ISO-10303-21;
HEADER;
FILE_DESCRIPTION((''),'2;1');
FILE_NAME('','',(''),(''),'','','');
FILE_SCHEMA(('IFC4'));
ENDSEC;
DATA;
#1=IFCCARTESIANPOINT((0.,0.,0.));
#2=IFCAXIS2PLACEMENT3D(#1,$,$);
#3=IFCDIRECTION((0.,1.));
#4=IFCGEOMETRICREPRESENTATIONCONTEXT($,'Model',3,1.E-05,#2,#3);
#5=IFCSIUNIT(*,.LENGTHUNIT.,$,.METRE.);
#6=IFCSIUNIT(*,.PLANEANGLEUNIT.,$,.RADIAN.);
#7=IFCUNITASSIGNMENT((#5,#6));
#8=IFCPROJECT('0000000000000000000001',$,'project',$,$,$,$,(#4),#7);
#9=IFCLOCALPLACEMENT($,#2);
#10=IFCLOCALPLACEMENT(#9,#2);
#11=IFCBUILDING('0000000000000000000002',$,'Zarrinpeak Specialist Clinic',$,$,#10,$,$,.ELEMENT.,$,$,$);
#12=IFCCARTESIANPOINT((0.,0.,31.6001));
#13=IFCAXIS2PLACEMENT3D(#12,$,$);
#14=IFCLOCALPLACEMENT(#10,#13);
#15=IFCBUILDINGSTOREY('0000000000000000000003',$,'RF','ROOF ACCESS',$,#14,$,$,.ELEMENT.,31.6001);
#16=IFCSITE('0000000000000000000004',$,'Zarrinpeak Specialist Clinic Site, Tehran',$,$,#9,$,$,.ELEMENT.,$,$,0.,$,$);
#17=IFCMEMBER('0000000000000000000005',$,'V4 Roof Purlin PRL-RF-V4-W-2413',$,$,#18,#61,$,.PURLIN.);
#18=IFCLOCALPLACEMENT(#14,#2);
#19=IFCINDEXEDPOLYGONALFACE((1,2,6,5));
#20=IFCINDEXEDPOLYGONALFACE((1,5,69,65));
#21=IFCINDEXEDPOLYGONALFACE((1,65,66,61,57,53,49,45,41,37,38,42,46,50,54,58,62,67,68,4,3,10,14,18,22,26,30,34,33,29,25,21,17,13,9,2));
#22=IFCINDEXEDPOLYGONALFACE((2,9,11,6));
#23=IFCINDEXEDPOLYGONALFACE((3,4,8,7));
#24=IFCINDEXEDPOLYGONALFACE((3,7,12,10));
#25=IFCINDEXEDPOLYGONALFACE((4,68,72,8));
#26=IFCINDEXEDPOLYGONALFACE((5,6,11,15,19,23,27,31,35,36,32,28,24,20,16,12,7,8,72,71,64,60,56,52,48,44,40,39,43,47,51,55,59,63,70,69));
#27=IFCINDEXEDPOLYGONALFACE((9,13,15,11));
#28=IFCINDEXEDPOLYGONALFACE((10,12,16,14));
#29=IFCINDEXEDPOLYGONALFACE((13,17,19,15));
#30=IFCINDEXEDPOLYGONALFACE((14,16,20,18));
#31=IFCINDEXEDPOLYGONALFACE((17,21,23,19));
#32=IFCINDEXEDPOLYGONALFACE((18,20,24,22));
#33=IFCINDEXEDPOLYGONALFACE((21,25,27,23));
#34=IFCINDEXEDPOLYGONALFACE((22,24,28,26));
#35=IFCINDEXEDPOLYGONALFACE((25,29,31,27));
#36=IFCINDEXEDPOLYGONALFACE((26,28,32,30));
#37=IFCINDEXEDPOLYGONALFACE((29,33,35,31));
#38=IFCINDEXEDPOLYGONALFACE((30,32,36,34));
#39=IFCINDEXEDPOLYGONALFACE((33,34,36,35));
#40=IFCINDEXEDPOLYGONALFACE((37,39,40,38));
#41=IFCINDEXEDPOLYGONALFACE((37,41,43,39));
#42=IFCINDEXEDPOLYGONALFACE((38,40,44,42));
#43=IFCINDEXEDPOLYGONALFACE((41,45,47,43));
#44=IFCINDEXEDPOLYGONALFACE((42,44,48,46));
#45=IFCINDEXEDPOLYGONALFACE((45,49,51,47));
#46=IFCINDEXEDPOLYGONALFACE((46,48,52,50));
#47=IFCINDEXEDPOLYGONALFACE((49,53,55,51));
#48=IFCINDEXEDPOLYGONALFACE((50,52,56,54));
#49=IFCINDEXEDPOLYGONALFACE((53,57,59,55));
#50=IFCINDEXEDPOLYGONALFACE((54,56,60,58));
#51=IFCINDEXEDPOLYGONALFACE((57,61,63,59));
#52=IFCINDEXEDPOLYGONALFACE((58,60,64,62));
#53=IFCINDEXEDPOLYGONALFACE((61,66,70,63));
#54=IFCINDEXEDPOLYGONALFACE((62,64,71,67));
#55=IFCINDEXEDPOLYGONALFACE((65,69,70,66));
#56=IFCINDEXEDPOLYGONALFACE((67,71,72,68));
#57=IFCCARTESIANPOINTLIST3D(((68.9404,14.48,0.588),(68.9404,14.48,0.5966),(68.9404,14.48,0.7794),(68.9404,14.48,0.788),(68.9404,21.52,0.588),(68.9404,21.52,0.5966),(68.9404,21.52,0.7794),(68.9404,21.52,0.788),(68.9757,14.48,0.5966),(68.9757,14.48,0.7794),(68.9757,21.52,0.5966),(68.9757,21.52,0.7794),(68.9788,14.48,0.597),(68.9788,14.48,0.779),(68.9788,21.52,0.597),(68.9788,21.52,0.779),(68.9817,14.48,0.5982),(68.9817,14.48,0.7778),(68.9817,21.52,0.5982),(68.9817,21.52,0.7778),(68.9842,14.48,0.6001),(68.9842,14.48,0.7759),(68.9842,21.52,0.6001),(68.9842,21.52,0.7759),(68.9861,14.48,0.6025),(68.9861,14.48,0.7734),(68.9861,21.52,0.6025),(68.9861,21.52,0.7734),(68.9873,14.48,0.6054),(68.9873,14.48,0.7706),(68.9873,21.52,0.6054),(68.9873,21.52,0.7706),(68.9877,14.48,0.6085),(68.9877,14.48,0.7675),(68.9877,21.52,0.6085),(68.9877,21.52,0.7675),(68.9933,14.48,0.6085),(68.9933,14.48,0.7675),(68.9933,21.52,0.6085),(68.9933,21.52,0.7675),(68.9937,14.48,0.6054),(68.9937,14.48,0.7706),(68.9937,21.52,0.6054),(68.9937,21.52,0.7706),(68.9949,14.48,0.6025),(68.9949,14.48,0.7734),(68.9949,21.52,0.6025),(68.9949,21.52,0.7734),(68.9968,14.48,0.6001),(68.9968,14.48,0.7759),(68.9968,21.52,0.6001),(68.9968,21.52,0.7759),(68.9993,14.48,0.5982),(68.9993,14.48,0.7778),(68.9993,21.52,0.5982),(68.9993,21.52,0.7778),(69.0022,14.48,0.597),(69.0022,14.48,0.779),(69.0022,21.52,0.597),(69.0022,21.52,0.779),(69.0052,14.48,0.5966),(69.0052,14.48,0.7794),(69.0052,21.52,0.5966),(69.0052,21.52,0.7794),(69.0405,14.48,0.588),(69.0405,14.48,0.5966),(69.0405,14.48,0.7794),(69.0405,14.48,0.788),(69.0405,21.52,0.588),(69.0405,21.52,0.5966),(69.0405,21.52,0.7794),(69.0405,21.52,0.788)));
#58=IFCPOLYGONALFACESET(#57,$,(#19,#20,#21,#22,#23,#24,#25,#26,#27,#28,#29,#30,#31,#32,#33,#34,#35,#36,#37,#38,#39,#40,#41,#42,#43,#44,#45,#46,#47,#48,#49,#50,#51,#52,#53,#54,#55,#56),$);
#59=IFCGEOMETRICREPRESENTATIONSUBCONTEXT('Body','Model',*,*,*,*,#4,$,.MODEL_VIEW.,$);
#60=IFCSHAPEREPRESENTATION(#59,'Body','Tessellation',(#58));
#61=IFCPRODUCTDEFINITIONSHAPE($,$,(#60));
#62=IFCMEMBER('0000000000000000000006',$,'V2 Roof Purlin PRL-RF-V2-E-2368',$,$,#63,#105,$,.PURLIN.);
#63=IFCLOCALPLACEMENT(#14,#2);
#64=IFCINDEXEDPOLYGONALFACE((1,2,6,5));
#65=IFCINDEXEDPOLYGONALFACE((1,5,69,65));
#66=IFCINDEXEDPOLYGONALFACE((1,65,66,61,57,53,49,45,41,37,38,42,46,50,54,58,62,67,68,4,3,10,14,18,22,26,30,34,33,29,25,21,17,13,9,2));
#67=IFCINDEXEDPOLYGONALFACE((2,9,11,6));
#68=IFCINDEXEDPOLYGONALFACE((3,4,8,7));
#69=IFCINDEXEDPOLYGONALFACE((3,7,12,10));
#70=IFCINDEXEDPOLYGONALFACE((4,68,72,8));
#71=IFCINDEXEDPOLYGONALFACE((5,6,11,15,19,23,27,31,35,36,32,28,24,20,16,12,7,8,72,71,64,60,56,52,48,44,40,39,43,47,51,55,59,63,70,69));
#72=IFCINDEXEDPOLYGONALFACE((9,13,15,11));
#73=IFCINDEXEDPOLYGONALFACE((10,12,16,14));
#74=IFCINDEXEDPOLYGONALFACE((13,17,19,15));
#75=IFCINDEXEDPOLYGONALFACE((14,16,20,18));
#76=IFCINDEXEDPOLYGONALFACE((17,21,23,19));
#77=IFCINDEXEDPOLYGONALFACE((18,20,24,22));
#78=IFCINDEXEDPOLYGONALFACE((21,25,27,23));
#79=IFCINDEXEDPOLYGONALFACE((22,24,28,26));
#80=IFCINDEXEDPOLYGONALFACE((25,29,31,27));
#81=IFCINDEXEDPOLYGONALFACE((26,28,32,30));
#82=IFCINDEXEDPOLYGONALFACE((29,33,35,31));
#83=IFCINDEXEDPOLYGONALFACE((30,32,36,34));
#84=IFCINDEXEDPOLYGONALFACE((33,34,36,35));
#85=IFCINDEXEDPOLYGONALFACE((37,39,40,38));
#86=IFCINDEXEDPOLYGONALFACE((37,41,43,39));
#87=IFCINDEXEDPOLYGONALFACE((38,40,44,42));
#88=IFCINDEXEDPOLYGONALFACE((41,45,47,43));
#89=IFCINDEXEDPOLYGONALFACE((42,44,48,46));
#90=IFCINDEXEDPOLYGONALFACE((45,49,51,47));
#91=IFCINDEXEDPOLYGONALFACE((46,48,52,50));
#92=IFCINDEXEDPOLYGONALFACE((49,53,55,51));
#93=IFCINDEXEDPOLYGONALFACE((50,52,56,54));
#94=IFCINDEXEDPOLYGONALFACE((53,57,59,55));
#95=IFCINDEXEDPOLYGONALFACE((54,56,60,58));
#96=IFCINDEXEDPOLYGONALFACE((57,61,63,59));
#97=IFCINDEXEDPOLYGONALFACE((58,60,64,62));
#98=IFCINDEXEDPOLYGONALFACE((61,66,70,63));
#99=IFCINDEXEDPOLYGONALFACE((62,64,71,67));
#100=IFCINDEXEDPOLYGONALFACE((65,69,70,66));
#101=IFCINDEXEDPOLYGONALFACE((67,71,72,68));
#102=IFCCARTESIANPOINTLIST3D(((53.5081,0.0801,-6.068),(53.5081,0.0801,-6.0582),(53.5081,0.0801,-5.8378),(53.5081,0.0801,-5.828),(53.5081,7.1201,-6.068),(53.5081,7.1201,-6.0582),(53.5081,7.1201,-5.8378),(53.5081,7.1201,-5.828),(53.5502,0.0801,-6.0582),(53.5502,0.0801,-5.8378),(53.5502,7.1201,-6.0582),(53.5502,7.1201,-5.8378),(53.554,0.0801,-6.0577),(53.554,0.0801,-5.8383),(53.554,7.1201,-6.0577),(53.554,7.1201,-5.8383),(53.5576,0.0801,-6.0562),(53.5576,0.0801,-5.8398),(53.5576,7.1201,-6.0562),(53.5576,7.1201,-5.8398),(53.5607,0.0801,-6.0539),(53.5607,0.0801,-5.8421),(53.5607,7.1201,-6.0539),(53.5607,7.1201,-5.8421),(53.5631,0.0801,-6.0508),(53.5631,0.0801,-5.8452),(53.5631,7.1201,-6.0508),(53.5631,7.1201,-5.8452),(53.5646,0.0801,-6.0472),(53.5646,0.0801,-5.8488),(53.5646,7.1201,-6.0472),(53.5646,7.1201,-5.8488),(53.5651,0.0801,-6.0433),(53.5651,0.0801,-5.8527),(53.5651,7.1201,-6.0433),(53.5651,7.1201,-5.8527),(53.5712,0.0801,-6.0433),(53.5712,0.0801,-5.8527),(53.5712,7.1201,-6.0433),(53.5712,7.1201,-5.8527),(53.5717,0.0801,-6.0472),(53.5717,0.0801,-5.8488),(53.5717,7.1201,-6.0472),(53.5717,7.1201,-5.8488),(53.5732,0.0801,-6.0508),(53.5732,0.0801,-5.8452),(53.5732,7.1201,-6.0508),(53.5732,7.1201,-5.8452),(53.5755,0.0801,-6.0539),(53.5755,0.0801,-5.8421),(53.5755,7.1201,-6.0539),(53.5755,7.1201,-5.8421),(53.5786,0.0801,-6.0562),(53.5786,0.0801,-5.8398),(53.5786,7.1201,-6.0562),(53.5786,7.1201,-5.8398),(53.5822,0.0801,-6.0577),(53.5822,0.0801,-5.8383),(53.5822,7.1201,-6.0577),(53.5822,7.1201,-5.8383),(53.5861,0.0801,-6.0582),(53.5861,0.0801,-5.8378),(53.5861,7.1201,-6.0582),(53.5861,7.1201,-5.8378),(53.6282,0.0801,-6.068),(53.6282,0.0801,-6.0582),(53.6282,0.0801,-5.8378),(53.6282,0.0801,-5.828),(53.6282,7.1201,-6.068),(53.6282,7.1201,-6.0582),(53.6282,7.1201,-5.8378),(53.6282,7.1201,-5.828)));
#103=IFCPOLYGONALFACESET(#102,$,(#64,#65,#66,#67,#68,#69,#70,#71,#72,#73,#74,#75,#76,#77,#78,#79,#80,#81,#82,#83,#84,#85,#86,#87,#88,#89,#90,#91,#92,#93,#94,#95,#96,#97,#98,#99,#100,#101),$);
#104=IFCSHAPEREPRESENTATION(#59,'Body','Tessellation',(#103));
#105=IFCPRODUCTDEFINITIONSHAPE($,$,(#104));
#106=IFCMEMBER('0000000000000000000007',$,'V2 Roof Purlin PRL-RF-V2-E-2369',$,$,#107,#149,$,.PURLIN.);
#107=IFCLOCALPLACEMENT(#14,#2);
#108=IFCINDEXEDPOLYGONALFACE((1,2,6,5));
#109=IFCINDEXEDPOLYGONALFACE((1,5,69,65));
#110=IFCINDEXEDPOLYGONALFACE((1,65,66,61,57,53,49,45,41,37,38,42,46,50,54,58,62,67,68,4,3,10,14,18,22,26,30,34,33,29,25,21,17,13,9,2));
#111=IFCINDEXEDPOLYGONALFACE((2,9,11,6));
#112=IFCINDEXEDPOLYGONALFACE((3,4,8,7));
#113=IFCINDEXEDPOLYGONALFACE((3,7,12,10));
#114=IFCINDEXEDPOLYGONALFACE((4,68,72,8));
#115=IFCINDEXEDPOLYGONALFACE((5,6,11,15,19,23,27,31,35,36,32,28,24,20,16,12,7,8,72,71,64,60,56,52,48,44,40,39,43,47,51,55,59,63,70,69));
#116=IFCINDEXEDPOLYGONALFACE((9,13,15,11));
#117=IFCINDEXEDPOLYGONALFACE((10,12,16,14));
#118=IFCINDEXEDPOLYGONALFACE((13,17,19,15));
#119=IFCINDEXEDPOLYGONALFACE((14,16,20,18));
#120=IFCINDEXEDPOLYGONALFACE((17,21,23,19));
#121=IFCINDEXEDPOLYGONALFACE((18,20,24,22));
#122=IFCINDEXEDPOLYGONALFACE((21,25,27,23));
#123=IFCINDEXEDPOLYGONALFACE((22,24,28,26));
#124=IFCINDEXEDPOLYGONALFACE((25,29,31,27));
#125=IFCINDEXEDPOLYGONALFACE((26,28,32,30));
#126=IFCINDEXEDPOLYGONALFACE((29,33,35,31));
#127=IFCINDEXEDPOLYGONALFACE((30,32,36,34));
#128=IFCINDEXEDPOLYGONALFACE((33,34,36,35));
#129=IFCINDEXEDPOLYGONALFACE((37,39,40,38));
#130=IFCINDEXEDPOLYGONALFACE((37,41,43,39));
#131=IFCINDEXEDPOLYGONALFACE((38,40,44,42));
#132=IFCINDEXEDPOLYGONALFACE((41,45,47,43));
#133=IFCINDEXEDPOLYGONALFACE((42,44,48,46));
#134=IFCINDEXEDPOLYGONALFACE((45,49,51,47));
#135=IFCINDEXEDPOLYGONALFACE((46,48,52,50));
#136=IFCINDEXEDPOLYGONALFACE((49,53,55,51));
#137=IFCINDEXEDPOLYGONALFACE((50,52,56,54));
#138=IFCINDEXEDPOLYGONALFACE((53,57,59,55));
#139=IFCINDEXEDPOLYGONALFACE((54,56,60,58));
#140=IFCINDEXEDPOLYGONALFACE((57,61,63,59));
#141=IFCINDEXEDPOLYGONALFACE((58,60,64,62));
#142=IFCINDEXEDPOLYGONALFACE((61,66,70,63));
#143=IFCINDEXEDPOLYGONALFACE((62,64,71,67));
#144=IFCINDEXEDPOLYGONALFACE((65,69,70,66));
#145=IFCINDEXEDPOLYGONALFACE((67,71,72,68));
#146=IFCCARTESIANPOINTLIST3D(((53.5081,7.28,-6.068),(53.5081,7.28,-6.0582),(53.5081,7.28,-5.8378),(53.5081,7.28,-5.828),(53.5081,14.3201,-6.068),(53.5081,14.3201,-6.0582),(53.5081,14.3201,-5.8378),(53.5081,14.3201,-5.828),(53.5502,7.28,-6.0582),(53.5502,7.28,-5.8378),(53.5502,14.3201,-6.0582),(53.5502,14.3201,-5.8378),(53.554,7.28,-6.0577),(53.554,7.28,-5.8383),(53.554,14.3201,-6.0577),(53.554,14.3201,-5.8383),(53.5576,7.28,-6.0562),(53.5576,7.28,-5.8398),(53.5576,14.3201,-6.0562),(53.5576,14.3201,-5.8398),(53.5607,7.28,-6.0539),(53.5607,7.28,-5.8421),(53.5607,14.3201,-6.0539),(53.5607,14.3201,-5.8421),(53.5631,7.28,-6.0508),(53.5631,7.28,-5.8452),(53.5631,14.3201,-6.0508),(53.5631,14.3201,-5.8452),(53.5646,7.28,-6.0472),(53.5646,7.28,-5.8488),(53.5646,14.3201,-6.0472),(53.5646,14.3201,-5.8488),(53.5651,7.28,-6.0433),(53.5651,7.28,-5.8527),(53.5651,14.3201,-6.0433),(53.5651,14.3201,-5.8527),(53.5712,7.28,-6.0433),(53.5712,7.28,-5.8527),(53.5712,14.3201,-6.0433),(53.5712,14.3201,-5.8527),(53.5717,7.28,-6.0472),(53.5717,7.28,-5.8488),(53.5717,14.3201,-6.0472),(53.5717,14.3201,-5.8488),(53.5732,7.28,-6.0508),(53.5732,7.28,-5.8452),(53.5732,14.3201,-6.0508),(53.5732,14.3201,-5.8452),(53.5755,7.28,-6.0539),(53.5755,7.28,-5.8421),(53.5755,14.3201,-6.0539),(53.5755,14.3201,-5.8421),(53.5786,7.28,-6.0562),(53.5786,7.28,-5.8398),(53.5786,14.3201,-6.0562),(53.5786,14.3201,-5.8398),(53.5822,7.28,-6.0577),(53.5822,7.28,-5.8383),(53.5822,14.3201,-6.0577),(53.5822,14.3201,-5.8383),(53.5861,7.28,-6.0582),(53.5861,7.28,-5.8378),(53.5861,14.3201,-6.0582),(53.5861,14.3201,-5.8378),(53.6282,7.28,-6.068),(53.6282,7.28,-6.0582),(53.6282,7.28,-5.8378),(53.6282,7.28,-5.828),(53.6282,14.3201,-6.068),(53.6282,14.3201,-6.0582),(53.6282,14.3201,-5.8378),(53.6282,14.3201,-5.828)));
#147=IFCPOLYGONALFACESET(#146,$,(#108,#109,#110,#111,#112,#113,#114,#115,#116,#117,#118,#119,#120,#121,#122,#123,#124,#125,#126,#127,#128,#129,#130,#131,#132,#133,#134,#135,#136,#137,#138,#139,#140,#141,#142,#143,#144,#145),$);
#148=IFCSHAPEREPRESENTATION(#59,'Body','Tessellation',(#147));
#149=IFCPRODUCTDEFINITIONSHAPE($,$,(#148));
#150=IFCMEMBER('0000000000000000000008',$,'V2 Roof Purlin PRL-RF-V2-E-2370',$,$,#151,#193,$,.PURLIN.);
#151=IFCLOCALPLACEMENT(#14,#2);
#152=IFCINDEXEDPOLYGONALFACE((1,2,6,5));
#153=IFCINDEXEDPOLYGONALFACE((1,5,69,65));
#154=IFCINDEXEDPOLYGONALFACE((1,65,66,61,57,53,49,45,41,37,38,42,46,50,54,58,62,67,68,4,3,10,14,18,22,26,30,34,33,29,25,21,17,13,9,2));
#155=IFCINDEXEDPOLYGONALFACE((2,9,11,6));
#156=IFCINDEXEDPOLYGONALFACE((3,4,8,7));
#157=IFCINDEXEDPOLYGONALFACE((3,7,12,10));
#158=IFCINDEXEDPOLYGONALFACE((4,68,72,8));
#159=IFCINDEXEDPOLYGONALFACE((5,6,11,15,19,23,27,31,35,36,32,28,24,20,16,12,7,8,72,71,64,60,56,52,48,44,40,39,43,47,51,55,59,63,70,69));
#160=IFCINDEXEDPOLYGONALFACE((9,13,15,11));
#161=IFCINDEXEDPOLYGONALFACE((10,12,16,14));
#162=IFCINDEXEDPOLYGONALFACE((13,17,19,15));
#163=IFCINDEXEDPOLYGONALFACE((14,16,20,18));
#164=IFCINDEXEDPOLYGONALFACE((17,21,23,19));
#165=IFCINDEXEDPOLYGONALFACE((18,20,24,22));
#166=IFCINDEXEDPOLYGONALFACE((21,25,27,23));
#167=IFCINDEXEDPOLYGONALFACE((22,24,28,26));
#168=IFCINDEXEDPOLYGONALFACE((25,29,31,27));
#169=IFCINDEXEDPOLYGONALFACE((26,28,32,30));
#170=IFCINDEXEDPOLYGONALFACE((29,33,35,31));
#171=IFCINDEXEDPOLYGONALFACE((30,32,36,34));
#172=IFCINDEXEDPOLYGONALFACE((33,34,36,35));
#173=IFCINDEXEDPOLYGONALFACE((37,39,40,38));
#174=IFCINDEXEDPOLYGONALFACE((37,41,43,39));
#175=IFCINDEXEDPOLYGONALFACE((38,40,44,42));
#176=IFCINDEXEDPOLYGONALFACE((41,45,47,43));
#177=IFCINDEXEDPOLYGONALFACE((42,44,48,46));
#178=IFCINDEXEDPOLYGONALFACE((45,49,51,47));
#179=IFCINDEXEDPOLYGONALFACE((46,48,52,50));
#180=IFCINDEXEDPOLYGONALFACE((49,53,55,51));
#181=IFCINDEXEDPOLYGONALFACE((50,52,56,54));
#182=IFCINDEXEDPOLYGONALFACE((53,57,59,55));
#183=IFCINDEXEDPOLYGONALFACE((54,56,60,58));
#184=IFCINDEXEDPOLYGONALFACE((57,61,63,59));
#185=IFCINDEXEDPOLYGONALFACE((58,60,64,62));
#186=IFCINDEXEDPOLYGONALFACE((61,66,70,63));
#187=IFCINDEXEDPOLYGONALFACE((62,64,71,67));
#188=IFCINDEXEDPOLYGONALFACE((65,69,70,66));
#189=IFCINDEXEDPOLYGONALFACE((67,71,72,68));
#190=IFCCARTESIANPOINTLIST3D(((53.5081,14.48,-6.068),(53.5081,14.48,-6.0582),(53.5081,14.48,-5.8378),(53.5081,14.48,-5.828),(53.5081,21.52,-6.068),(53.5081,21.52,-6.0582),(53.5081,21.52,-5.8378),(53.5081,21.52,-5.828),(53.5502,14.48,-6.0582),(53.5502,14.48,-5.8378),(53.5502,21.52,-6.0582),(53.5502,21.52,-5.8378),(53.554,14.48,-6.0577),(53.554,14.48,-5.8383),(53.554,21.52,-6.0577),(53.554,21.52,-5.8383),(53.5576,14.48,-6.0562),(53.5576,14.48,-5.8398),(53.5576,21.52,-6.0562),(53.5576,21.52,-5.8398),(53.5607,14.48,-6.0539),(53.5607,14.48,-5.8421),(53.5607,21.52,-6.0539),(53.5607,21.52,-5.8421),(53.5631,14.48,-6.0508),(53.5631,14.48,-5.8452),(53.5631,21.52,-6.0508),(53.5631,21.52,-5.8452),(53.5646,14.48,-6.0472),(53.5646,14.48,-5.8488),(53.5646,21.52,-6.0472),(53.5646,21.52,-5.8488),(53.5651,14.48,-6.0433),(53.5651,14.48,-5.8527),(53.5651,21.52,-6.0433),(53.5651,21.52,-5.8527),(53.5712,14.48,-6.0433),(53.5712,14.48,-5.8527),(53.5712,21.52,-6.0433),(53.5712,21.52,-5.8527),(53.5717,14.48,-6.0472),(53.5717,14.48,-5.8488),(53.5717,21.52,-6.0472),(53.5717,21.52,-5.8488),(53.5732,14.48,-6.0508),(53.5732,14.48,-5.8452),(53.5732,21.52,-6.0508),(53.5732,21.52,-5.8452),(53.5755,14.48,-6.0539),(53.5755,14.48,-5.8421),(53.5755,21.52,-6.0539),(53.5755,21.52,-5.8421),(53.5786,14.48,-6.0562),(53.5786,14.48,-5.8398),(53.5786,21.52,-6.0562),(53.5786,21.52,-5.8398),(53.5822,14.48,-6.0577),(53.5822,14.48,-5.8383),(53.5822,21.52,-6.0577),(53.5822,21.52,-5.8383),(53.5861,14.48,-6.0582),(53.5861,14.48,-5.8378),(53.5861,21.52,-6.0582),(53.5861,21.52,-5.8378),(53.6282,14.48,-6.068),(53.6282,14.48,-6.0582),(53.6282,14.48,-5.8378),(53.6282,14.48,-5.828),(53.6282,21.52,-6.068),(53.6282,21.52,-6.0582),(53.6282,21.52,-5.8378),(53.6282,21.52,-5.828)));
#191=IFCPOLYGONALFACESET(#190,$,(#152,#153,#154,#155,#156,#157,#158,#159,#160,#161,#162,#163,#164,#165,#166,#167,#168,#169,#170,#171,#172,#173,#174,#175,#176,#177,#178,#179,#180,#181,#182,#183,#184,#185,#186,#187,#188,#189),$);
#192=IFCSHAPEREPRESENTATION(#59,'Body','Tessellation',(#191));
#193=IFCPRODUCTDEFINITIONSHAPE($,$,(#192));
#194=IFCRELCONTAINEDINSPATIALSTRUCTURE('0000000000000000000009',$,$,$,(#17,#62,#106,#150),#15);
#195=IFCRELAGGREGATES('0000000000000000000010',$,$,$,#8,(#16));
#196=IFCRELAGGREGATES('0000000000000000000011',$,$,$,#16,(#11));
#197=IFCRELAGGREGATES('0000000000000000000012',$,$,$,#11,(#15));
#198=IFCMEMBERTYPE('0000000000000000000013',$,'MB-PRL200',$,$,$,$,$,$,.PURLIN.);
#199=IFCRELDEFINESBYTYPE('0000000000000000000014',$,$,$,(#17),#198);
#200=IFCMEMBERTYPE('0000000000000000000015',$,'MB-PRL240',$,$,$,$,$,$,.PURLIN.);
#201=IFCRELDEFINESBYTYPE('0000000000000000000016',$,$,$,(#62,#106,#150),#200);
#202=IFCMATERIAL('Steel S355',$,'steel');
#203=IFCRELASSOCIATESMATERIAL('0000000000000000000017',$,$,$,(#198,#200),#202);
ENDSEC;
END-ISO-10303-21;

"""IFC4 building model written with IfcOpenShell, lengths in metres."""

from ifc_helpers import new_model, si_unit, direction, frame, origin, origin_2d, place, context, subcontext, project, spatial, i_section, extrude, material, material_profile, profile_set, type_object, element, save


model = new_model("IFC4")

# Units and contexts
model_context = context("Model", 3, precision=1e-05, world=origin(), true_north=direction((0.0, 1.0)))
body_context = subcontext(model_context, "Body", "Model", "MODEL_VIEW")
ifc_project = project(units=[si_unit("LENGTHUNIT", "METRE"), si_unit("PLANEANGLEUNIT", "RADIAN")], contexts=[model_context])

# Site, building, storey
site_placement = place(None, origin())
site = spatial("IfcSite", under=ifc_project, at=site_placement, Name="Zarrinpeak Specialist Clinic Site, Tehran", CompositionType="ELEMENT", RefElevation=0.0)
building_placement = place(site_placement, origin())
building = spatial("IfcBuilding", under=site, at=building_placement, Name="Zarrinpeak Specialist Clinic", CompositionType="ELEMENT")
storey_placement = place(building_placement, frame((0.0, 0.0, 31.6001)))
storey = spatial("IfcBuildingStorey", under=building, at=storey_placement, Name="RF", Description="ROOF ACCESS", CompositionType="ELEMENT", Elevation=31.6001)

# Shared definitions
ifc_material_1 = material(Name="Steel S355", Category="steel")

# Members
ifc_material_profile_1 = material_profile(ifc_material_1, i_section(OverallWidth=0.1001, OverallDepth=0.2, WebThickness=0.0056, FlangeThickness=0.0085, FilletRadius=0.012, at=origin_2d()), Name="IPE 200")
ifc_profile_set_1 = profile_set([ifc_material_profile_1], Name="Steel S355")
member_type_1 = type_object("IfcMemberType", Name="MB-PRL200", PredefinedType="PURLIN", material=ifc_profile_set_1)
for number, where, z_axis, x_axis, name in (
    (1, (68.9905, 14.48, 0.688), (0.0, 1.0, 0.0), (-1.0, 0.0, 0.0), "V4 Roof Purlin PRL-RF-V4-W-2413"),
):
    element("IfcMember", number, at=place(storey_placement, frame(where, z_axis=z_axis, x_axis=x_axis)), inside=storey, type_object=member_type_1, Name=name, PredefinedType="PURLIN", context=body_context, shape_type="SweptSolid", body=[
        extrude(i_section(OverallWidth=0.1001, OverallDepth=0.2, WebThickness=0.0056, FlangeThickness=0.0085, FilletRadius=0.012, at=origin_2d()), origin(), (0.0, 0.0, 1.0), 7.04),
    ])
ifc_material_profile_2 = material_profile(ifc_material_1, i_section(OverallWidth=0.1201, OverallDepth=0.24, WebThickness=0.0061, FlangeThickness=0.0098, FilletRadius=0.0149, at=origin_2d()), Name="IPE 240")
ifc_profile_set_2 = profile_set([ifc_material_profile_2], Name="Steel S355")
member_type_2 = type_object("IfcMemberType", Name="MB-PRL240", PredefinedType="PURLIN", material=ifc_profile_set_2)
for number, where, z_axis, x_axis, name in (
    (2, (53.5681, 0.0801, -5.948), (0.0, 1.0, 0.0), (-1.0, 0.0, 0.0), "V2 Roof Purlin PRL-RF-V2-E-2368"),
    (3, (53.5681, 7.28, -5.948), (0.0, 1.0, 0.0), (-1.0, 0.0, 0.0), "V2 Roof Purlin PRL-RF-V2-E-2369"),
    (4, (53.5681, 14.48, -5.948), (0.0, 1.0, 0.0), (-1.0, 0.0, 0.0), "V2 Roof Purlin PRL-RF-V2-E-2370"),
):
    element("IfcMember", number, at=place(storey_placement, frame(where, z_axis=z_axis, x_axis=x_axis)), inside=storey, type_object=member_type_2, Name=name, PredefinedType="PURLIN", context=body_context, shape_type="SweptSolid", body=[
        extrude(i_section(OverallWidth=0.1201, OverallDepth=0.24, WebThickness=0.0061, FlangeThickness=0.0098, FilletRadius=0.0149, at=origin_2d()), origin(), (0.0, 0.0, 1.0), 7.04),
    ])

save(model, "model.ifc")
